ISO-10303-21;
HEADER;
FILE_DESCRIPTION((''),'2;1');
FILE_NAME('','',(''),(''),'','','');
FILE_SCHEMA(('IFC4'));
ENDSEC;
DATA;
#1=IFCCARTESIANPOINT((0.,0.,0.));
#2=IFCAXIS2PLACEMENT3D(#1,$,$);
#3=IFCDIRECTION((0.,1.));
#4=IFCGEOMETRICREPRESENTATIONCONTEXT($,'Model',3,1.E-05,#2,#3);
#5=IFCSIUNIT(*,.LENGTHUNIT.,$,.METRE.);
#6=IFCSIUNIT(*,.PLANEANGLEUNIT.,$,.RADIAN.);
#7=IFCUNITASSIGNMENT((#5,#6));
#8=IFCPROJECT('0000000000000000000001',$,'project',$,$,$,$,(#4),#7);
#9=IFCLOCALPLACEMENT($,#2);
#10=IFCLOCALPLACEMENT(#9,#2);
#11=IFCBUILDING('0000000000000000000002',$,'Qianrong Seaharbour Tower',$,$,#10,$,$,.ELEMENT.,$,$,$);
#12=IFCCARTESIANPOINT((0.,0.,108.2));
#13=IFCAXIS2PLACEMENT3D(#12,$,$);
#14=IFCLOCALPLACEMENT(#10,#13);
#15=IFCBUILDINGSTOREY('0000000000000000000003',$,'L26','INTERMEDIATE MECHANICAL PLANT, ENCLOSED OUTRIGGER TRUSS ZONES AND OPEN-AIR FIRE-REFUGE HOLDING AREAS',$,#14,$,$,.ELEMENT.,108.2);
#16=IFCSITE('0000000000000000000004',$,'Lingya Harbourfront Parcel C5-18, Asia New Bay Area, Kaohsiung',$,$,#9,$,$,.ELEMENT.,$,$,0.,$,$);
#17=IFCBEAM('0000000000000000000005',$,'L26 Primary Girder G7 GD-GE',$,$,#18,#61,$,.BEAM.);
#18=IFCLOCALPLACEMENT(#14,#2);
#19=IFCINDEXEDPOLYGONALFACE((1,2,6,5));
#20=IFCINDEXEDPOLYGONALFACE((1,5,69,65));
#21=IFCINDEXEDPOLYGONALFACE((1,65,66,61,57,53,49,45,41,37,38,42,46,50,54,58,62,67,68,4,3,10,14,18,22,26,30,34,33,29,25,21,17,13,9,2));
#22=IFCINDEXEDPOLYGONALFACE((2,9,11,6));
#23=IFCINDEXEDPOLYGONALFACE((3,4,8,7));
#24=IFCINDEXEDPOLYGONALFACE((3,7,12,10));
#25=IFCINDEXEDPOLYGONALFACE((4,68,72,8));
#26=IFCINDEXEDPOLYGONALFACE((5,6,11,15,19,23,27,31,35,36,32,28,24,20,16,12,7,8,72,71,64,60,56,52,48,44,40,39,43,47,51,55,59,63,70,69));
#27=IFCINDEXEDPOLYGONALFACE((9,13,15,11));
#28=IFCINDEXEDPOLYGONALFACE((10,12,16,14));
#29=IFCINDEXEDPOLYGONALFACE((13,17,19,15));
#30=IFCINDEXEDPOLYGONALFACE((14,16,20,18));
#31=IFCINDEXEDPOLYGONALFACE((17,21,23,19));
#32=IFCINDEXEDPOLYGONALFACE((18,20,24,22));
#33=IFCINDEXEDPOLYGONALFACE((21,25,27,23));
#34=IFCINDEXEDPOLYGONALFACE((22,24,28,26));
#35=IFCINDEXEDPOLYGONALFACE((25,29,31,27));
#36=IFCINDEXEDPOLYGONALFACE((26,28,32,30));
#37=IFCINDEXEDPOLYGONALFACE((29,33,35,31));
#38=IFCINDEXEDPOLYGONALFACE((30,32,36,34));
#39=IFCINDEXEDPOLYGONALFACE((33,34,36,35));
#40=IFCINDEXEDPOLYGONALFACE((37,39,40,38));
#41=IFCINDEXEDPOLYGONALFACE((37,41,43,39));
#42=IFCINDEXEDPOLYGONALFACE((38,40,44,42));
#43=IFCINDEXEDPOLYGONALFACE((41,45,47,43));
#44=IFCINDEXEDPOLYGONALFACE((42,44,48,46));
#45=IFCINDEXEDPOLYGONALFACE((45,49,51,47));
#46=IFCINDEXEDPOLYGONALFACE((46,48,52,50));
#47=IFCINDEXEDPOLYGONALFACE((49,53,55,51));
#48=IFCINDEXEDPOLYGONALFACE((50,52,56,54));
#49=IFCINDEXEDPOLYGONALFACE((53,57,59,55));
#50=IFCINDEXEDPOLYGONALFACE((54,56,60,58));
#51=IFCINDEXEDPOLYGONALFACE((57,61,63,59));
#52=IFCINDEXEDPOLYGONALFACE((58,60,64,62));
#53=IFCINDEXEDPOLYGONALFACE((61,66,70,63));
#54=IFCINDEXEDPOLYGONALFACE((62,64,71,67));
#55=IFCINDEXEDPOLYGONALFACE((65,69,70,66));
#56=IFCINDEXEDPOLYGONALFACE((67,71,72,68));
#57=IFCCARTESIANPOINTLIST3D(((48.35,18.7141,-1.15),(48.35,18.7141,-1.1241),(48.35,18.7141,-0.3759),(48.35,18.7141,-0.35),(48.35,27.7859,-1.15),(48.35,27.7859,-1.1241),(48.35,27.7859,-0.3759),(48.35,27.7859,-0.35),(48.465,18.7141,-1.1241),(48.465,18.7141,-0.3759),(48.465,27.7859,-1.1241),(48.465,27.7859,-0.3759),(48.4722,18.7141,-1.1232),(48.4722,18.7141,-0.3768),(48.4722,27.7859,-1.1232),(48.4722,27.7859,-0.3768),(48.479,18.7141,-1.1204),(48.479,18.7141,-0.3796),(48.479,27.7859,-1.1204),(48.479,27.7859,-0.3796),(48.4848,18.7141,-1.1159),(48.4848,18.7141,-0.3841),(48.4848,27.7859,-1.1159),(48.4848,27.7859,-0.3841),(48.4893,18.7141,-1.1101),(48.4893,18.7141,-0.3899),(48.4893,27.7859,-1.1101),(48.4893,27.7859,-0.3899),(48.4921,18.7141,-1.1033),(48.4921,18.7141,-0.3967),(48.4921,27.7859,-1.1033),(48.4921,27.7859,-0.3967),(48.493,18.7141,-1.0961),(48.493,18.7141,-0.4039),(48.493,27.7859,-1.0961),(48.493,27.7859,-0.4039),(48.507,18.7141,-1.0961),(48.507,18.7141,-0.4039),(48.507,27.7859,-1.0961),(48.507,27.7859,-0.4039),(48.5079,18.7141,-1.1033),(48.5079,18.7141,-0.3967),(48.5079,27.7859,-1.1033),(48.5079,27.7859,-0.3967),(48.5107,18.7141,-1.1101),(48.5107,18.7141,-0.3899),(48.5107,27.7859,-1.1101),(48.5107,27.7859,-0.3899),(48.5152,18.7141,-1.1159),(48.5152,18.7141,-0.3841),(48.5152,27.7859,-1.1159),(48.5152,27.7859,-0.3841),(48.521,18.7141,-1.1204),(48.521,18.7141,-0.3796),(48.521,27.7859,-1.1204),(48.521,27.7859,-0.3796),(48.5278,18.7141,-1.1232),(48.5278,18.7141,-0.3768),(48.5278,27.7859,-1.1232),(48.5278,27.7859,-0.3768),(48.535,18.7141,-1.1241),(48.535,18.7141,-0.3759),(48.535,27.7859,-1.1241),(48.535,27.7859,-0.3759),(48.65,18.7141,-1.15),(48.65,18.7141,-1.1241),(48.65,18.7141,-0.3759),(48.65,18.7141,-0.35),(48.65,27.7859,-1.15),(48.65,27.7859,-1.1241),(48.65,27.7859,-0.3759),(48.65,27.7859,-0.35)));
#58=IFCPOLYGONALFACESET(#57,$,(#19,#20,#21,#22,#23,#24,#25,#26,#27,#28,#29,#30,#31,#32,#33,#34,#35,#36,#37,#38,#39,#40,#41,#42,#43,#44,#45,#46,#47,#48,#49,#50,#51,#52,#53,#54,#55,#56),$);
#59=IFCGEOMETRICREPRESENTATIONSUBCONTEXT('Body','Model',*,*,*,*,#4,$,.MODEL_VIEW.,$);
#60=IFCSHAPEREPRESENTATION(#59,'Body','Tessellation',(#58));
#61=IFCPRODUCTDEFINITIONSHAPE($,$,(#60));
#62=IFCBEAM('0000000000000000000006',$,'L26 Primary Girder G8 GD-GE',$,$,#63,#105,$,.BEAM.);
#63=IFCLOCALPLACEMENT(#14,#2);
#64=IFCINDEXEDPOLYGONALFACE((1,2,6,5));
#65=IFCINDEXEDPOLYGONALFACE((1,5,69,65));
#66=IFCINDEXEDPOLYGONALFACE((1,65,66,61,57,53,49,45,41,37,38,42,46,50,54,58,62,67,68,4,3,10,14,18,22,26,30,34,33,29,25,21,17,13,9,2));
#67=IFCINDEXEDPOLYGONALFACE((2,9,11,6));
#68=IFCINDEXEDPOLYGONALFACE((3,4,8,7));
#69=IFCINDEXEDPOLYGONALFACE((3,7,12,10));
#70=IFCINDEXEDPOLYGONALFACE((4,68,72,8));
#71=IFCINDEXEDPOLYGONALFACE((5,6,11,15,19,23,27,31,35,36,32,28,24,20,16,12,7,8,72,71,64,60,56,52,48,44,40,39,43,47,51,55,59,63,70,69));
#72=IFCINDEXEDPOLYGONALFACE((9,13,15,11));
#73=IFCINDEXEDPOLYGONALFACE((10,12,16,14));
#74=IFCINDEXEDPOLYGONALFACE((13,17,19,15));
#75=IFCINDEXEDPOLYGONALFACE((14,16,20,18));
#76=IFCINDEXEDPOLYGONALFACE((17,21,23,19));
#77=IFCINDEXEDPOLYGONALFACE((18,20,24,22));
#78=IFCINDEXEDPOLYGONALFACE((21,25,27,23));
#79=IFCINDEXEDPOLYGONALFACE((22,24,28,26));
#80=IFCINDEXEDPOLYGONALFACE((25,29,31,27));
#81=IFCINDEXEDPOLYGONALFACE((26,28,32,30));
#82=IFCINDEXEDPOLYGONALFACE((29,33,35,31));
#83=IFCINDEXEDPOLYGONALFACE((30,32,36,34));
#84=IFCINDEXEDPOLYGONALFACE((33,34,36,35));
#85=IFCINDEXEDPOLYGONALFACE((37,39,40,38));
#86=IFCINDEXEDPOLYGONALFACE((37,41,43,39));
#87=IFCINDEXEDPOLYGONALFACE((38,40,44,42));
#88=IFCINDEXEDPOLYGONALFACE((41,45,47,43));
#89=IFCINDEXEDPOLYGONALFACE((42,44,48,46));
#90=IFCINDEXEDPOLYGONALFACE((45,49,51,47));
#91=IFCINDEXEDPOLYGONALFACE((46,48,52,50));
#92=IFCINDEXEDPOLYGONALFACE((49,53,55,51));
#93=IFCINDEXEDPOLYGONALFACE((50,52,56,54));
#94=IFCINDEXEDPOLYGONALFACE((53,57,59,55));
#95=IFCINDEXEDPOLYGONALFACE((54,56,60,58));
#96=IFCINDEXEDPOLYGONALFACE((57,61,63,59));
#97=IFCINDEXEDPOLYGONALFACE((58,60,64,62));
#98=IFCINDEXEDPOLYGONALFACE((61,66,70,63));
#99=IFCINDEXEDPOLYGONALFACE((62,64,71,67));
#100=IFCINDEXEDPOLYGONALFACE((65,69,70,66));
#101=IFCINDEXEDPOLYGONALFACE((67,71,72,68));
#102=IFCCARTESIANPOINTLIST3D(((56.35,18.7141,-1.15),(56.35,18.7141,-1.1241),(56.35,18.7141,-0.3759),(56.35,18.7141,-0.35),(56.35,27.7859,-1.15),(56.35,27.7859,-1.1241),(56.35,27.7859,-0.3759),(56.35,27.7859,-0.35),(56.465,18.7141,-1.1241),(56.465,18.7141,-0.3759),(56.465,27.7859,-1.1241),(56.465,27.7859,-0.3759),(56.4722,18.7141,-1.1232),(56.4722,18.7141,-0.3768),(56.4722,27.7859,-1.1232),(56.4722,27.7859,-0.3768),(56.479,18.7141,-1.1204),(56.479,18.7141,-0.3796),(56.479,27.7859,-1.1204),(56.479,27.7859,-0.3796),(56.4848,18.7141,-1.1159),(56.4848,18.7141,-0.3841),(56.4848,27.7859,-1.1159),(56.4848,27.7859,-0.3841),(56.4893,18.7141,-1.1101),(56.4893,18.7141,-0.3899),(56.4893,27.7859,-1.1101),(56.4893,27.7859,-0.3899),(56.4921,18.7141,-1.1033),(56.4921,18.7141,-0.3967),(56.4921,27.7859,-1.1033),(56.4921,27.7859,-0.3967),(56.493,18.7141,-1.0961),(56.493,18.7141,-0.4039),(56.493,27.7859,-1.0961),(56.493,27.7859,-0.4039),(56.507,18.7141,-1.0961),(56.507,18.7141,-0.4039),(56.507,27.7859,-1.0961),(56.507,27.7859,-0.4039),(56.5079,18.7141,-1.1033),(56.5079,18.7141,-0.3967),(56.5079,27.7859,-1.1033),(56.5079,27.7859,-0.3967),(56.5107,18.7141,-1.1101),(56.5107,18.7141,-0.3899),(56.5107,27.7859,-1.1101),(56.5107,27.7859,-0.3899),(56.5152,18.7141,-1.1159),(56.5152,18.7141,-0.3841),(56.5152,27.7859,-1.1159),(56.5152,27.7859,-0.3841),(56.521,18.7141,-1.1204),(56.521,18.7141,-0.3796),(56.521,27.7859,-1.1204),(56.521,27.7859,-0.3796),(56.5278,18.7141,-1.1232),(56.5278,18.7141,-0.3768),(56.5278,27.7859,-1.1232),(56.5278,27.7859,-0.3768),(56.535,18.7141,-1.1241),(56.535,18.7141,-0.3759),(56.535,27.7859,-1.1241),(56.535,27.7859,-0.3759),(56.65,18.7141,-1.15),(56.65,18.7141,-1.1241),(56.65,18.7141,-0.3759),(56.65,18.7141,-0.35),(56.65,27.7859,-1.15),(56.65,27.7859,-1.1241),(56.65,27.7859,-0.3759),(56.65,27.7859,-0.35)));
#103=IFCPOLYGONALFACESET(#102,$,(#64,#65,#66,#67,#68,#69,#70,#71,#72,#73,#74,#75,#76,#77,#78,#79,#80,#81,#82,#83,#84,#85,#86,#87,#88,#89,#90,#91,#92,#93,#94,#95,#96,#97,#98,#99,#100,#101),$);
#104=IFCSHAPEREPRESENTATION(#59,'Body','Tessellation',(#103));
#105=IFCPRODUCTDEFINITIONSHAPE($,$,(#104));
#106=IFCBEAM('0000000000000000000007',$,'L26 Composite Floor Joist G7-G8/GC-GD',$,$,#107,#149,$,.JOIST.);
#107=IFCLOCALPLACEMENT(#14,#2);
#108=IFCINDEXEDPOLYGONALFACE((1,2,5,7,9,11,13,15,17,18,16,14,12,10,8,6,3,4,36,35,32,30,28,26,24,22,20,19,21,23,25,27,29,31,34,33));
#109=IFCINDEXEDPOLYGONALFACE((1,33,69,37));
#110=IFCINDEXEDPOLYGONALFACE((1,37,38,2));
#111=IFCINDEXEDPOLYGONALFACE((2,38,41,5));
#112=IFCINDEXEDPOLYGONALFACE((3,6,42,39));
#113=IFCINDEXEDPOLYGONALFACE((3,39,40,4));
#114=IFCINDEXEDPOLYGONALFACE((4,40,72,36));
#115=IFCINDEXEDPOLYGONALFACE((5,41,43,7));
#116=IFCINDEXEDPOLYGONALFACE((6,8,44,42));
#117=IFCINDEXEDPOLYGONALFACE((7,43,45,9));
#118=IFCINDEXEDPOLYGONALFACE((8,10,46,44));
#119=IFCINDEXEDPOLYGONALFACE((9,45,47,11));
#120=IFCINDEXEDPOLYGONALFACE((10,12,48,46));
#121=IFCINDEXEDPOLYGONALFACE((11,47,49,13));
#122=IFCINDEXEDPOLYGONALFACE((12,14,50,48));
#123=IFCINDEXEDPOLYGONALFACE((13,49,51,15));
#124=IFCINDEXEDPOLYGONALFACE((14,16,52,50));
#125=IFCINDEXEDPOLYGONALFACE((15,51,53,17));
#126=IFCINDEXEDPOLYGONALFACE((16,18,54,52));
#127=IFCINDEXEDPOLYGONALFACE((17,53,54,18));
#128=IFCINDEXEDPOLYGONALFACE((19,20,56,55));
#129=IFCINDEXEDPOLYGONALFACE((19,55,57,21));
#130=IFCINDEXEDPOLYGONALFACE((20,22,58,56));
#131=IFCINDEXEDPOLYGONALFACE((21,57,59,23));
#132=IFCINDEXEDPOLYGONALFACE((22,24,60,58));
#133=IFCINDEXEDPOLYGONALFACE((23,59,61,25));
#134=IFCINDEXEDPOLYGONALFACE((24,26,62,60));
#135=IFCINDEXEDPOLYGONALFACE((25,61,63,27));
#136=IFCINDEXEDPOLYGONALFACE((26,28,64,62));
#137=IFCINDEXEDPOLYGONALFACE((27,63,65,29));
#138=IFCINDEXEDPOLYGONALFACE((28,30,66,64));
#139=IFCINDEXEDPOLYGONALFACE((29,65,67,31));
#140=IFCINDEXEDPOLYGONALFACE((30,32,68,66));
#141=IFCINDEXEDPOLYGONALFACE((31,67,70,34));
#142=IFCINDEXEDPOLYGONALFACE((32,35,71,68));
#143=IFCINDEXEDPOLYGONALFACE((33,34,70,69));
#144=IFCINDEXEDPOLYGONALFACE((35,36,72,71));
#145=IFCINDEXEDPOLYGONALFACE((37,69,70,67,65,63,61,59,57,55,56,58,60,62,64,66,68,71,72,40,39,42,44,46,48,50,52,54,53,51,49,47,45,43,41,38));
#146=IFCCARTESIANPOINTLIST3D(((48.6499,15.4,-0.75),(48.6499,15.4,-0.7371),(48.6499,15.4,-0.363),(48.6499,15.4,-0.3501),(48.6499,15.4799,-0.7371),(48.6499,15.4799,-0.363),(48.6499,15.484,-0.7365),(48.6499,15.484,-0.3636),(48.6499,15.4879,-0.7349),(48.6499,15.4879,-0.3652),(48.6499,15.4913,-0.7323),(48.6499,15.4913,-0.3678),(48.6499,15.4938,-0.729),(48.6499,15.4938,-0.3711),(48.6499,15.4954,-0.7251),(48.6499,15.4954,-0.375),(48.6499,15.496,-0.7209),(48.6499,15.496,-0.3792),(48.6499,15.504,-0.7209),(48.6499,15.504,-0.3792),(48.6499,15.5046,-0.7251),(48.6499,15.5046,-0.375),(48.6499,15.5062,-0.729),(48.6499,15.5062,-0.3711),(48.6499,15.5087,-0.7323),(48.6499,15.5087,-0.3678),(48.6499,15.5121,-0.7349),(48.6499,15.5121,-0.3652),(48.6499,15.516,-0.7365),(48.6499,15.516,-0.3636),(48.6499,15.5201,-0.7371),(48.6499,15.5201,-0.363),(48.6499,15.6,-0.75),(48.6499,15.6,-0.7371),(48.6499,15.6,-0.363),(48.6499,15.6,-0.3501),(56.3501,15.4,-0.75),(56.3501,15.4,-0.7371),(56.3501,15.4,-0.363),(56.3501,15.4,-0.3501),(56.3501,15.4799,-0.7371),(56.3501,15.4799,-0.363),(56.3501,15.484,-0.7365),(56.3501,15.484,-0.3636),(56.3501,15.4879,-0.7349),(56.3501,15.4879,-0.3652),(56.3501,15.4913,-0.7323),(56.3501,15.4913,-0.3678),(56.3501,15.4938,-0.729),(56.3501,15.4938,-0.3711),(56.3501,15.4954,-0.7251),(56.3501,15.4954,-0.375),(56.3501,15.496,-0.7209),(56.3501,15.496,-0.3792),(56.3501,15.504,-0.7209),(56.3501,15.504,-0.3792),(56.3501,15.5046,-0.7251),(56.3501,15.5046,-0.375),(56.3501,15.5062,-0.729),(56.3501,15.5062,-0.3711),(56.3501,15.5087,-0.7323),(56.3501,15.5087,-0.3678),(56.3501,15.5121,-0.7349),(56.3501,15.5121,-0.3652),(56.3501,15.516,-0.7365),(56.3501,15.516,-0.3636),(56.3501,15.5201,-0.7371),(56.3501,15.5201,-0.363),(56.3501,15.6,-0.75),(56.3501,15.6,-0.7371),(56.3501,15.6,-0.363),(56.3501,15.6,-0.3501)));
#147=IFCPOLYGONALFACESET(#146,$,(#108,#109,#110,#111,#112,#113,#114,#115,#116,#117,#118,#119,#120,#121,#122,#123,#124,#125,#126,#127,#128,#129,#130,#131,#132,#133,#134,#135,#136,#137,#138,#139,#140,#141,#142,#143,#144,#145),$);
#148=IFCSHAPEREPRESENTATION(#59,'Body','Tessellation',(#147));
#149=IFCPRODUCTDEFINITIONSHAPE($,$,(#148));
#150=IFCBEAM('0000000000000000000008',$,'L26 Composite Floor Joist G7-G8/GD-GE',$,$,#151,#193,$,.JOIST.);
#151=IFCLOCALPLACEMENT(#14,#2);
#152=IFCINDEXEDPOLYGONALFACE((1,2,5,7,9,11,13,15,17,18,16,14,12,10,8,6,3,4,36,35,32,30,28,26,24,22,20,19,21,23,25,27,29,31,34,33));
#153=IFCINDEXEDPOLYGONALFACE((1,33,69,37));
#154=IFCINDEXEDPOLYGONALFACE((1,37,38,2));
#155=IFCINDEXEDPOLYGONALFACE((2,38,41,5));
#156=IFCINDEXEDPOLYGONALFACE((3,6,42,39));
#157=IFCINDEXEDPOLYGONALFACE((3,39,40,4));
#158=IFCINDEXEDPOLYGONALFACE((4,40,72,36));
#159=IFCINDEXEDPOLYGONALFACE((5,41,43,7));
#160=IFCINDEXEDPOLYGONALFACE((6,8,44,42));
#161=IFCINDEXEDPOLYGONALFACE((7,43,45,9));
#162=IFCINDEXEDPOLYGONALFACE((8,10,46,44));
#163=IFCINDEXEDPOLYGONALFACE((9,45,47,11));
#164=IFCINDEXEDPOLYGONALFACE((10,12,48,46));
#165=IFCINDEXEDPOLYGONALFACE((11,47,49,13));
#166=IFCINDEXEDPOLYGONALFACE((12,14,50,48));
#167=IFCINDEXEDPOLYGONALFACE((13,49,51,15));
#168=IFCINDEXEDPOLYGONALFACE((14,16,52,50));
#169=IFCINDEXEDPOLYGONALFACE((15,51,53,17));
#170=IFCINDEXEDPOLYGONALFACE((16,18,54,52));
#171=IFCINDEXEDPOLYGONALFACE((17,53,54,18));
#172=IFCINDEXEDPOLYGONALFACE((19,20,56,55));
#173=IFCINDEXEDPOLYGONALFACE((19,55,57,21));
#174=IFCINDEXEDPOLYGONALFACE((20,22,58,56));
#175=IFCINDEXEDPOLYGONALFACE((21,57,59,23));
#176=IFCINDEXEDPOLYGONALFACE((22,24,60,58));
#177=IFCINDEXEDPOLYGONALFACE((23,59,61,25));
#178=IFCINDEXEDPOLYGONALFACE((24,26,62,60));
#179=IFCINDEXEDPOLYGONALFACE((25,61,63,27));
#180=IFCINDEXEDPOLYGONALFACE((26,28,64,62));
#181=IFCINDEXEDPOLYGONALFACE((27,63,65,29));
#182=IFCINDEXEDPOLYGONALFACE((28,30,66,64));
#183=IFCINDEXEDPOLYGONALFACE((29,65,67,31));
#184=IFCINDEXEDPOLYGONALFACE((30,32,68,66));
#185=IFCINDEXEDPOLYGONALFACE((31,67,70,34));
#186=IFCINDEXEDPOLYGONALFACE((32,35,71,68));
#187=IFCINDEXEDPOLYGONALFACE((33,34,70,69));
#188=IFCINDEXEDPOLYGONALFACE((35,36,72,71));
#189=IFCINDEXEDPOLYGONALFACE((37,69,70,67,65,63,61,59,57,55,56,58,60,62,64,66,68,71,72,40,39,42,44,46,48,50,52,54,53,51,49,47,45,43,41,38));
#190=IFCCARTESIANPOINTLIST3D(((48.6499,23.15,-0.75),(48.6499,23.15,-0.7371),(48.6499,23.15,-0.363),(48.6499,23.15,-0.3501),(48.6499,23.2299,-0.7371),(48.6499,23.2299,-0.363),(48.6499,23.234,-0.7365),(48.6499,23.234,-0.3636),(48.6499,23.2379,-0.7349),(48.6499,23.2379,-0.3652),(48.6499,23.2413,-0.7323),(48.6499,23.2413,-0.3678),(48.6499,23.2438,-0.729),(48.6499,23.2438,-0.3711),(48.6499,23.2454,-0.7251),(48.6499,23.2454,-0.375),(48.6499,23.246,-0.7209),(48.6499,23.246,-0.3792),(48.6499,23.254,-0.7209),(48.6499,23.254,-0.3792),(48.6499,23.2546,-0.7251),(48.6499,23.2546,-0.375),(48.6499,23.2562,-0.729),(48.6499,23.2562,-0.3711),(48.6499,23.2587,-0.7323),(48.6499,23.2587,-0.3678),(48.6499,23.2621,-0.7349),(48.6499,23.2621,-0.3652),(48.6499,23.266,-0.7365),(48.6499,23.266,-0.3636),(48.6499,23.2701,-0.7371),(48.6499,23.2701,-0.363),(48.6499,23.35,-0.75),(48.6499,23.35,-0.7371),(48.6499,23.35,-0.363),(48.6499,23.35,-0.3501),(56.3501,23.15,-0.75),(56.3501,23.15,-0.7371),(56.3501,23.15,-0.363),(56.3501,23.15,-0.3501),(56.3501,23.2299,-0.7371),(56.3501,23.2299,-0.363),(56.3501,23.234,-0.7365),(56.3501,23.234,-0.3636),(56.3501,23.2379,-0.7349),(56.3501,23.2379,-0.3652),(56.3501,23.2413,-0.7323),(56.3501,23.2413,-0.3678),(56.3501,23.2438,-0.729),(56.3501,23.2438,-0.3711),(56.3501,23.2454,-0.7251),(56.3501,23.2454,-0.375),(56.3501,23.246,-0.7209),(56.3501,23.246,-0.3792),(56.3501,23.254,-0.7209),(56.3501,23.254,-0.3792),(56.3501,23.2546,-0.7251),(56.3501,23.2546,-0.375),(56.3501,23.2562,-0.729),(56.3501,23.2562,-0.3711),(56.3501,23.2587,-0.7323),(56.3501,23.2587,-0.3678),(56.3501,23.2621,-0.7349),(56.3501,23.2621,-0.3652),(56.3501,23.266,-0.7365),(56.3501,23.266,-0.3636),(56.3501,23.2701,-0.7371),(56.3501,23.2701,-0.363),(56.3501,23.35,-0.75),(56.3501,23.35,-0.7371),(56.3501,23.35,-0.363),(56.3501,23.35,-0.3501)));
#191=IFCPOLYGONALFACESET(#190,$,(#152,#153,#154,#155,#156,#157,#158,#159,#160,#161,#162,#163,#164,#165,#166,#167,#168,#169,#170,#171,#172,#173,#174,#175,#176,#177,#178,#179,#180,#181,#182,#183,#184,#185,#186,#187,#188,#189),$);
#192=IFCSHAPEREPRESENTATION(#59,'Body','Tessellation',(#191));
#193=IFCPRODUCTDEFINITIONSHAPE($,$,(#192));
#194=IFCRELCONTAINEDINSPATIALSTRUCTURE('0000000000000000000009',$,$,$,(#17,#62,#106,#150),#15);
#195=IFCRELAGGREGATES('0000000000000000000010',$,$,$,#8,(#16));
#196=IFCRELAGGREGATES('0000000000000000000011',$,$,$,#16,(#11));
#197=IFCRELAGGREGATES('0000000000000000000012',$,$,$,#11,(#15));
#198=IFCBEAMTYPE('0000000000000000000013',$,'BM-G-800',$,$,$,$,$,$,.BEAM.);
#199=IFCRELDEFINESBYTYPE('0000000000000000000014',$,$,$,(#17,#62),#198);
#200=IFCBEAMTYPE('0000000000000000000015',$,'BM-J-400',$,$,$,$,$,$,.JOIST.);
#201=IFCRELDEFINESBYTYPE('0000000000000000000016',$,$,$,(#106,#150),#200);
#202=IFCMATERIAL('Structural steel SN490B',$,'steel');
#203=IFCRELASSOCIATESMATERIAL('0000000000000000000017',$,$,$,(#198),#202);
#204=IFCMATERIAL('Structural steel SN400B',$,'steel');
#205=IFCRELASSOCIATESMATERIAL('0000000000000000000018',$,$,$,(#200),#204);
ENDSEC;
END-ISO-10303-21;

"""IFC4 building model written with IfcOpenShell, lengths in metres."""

from ifc_helpers import new_model, si_unit, direction, frame, origin, origin_2d, place, context, subcontext, project, spatial, i_section, extrude, material, material_profile, profile_set, type_object, element, save


model = new_model("IFC4")

# Units and contexts
model_context = context("Model", 3, precision=1e-05, world=origin(), true_north=direction((0.0, 1.0)))
body_context = subcontext(model_context, "Body", "Model", "MODEL_VIEW")
ifc_project = project(units=[si_unit("LENGTHUNIT", "METRE"), si_unit("PLANEANGLEUNIT", "RADIAN")], contexts=[model_context])

# Site, building, storey
site_placement = place(None, origin())
site = spatial("IfcSite", under=ifc_project, at=site_placement, Name="Lingya Harbourfront Parcel C5-18, Asia New Bay Area, Kaohsiung", CompositionType="ELEMENT", RefElevation=0.0)
building_placement = place(site_placement, origin())
building = spatial("IfcBuilding", under=site, at=building_placement, Name="Qianrong Seaharbour Tower", CompositionType="ELEMENT")
storey_placement = place(building_placement, frame((0.0, 0.0, 108.2)))
storey = spatial("IfcBuildingStorey", under=building, at=storey_placement, Name="L26", Description="INTERMEDIATE MECHANICAL PLANT, ENCLOSED OUTRIGGER TRUSS ZONES AND OPEN-AIR FIRE-REFUGE HOLDING AREAS", CompositionType="ELEMENT", Elevation=108.2)

# Shared definitions
ifc_material_1 = material(Name="Structural steel SN490B", Category="steel")

# Beams
ifc_material_profile_1 = material_profile(ifc_material_1, i_section(OverallWidth=0.3, OverallDepth=0.8, WebThickness=0.0139, FlangeThickness=0.0259, FilletRadius=0.0281, at=origin_2d()), Name="H800x300x14x26")
ifc_profile_set_1 = profile_set([ifc_material_profile_1], Name="Structural steel SN490B")
beam_type_1 = type_object("IfcBeamType", Name="BM-G-800", PredefinedType="BEAM", material=ifc_profile_set_1)
for number, where, z_axis, x_axis, name in (
    (1, (48.5, 18.7141, -0.75), (0.0, 1.0, 0.0), (-1.0, 0.0, 0.0), "L26 Primary Girder G7 GD-GE"),
    (2, (56.5, 18.7141, -0.75), (0.0, 1.0, 0.0), (-1.0, 0.0, 0.0), "L26 Primary Girder G8 GD-GE"),
):
    element("IfcBeam", number, at=place(storey_placement, frame(where, z_axis=z_axis, x_axis=x_axis)), inside=storey, type_object=beam_type_1, Name=name, PredefinedType="BEAM", context=body_context, shape_type="SweptSolid", body=[
        extrude(i_section(OverallWidth=0.3, OverallDepth=0.8, WebThickness=0.0139, FlangeThickness=0.0259, FilletRadius=0.0281, at=origin_2d()), origin(), (0.0, 0.0, 1.0), 9.0718),
    ])
ifc_material_2 = material(Name="Structural steel SN400B", Category="steel")
ifc_material_profile_2 = material_profile(ifc_material_2, i_section(OverallWidth=0.2, OverallDepth=0.3999, WebThickness=0.0081, FlangeThickness=0.0129, FilletRadius=0.0161, at=origin_2d()), Name="H400x200x8x13")
ifc_profile_set_2 = profile_set([ifc_material_profile_2], Name="Structural steel SN400B")
beam_type_2 = type_object("IfcBeamType", Name="BM-J-400", PredefinedType="JOIST", material=ifc_profile_set_2)
for number, where, z_axis, x_axis, name in (
    (3, (48.6499, 15.5, -0.55), (1.0, 0.0, 0.0), (0.0, 1.0, 0.0), "L26 Composite Floor Joist G7-G8/GC-GD"),
    (4, (48.6499, 23.25, -0.55), (1.0, 0.0, 0.0), (0.0, 1.0, 0.0), "L26 Composite Floor Joist G7-G8/GD-GE"),
):
    element("IfcBeam", number, at=place(storey_placement, frame(where, z_axis=z_axis, x_axis=x_axis)), inside=storey, type_object=beam_type_2, Name=name, PredefinedType="JOIST", context=body_context, shape_type="SweptSolid", body=[
        extrude(i_section(OverallWidth=0.2, OverallDepth=0.3999, WebThickness=0.0081, FlangeThickness=0.0129, FilletRadius=0.0161, at=origin_2d()), origin(), (0.0, 0.0, 1.0), 7.7002),
    ])

save(model, "model.ifc")
